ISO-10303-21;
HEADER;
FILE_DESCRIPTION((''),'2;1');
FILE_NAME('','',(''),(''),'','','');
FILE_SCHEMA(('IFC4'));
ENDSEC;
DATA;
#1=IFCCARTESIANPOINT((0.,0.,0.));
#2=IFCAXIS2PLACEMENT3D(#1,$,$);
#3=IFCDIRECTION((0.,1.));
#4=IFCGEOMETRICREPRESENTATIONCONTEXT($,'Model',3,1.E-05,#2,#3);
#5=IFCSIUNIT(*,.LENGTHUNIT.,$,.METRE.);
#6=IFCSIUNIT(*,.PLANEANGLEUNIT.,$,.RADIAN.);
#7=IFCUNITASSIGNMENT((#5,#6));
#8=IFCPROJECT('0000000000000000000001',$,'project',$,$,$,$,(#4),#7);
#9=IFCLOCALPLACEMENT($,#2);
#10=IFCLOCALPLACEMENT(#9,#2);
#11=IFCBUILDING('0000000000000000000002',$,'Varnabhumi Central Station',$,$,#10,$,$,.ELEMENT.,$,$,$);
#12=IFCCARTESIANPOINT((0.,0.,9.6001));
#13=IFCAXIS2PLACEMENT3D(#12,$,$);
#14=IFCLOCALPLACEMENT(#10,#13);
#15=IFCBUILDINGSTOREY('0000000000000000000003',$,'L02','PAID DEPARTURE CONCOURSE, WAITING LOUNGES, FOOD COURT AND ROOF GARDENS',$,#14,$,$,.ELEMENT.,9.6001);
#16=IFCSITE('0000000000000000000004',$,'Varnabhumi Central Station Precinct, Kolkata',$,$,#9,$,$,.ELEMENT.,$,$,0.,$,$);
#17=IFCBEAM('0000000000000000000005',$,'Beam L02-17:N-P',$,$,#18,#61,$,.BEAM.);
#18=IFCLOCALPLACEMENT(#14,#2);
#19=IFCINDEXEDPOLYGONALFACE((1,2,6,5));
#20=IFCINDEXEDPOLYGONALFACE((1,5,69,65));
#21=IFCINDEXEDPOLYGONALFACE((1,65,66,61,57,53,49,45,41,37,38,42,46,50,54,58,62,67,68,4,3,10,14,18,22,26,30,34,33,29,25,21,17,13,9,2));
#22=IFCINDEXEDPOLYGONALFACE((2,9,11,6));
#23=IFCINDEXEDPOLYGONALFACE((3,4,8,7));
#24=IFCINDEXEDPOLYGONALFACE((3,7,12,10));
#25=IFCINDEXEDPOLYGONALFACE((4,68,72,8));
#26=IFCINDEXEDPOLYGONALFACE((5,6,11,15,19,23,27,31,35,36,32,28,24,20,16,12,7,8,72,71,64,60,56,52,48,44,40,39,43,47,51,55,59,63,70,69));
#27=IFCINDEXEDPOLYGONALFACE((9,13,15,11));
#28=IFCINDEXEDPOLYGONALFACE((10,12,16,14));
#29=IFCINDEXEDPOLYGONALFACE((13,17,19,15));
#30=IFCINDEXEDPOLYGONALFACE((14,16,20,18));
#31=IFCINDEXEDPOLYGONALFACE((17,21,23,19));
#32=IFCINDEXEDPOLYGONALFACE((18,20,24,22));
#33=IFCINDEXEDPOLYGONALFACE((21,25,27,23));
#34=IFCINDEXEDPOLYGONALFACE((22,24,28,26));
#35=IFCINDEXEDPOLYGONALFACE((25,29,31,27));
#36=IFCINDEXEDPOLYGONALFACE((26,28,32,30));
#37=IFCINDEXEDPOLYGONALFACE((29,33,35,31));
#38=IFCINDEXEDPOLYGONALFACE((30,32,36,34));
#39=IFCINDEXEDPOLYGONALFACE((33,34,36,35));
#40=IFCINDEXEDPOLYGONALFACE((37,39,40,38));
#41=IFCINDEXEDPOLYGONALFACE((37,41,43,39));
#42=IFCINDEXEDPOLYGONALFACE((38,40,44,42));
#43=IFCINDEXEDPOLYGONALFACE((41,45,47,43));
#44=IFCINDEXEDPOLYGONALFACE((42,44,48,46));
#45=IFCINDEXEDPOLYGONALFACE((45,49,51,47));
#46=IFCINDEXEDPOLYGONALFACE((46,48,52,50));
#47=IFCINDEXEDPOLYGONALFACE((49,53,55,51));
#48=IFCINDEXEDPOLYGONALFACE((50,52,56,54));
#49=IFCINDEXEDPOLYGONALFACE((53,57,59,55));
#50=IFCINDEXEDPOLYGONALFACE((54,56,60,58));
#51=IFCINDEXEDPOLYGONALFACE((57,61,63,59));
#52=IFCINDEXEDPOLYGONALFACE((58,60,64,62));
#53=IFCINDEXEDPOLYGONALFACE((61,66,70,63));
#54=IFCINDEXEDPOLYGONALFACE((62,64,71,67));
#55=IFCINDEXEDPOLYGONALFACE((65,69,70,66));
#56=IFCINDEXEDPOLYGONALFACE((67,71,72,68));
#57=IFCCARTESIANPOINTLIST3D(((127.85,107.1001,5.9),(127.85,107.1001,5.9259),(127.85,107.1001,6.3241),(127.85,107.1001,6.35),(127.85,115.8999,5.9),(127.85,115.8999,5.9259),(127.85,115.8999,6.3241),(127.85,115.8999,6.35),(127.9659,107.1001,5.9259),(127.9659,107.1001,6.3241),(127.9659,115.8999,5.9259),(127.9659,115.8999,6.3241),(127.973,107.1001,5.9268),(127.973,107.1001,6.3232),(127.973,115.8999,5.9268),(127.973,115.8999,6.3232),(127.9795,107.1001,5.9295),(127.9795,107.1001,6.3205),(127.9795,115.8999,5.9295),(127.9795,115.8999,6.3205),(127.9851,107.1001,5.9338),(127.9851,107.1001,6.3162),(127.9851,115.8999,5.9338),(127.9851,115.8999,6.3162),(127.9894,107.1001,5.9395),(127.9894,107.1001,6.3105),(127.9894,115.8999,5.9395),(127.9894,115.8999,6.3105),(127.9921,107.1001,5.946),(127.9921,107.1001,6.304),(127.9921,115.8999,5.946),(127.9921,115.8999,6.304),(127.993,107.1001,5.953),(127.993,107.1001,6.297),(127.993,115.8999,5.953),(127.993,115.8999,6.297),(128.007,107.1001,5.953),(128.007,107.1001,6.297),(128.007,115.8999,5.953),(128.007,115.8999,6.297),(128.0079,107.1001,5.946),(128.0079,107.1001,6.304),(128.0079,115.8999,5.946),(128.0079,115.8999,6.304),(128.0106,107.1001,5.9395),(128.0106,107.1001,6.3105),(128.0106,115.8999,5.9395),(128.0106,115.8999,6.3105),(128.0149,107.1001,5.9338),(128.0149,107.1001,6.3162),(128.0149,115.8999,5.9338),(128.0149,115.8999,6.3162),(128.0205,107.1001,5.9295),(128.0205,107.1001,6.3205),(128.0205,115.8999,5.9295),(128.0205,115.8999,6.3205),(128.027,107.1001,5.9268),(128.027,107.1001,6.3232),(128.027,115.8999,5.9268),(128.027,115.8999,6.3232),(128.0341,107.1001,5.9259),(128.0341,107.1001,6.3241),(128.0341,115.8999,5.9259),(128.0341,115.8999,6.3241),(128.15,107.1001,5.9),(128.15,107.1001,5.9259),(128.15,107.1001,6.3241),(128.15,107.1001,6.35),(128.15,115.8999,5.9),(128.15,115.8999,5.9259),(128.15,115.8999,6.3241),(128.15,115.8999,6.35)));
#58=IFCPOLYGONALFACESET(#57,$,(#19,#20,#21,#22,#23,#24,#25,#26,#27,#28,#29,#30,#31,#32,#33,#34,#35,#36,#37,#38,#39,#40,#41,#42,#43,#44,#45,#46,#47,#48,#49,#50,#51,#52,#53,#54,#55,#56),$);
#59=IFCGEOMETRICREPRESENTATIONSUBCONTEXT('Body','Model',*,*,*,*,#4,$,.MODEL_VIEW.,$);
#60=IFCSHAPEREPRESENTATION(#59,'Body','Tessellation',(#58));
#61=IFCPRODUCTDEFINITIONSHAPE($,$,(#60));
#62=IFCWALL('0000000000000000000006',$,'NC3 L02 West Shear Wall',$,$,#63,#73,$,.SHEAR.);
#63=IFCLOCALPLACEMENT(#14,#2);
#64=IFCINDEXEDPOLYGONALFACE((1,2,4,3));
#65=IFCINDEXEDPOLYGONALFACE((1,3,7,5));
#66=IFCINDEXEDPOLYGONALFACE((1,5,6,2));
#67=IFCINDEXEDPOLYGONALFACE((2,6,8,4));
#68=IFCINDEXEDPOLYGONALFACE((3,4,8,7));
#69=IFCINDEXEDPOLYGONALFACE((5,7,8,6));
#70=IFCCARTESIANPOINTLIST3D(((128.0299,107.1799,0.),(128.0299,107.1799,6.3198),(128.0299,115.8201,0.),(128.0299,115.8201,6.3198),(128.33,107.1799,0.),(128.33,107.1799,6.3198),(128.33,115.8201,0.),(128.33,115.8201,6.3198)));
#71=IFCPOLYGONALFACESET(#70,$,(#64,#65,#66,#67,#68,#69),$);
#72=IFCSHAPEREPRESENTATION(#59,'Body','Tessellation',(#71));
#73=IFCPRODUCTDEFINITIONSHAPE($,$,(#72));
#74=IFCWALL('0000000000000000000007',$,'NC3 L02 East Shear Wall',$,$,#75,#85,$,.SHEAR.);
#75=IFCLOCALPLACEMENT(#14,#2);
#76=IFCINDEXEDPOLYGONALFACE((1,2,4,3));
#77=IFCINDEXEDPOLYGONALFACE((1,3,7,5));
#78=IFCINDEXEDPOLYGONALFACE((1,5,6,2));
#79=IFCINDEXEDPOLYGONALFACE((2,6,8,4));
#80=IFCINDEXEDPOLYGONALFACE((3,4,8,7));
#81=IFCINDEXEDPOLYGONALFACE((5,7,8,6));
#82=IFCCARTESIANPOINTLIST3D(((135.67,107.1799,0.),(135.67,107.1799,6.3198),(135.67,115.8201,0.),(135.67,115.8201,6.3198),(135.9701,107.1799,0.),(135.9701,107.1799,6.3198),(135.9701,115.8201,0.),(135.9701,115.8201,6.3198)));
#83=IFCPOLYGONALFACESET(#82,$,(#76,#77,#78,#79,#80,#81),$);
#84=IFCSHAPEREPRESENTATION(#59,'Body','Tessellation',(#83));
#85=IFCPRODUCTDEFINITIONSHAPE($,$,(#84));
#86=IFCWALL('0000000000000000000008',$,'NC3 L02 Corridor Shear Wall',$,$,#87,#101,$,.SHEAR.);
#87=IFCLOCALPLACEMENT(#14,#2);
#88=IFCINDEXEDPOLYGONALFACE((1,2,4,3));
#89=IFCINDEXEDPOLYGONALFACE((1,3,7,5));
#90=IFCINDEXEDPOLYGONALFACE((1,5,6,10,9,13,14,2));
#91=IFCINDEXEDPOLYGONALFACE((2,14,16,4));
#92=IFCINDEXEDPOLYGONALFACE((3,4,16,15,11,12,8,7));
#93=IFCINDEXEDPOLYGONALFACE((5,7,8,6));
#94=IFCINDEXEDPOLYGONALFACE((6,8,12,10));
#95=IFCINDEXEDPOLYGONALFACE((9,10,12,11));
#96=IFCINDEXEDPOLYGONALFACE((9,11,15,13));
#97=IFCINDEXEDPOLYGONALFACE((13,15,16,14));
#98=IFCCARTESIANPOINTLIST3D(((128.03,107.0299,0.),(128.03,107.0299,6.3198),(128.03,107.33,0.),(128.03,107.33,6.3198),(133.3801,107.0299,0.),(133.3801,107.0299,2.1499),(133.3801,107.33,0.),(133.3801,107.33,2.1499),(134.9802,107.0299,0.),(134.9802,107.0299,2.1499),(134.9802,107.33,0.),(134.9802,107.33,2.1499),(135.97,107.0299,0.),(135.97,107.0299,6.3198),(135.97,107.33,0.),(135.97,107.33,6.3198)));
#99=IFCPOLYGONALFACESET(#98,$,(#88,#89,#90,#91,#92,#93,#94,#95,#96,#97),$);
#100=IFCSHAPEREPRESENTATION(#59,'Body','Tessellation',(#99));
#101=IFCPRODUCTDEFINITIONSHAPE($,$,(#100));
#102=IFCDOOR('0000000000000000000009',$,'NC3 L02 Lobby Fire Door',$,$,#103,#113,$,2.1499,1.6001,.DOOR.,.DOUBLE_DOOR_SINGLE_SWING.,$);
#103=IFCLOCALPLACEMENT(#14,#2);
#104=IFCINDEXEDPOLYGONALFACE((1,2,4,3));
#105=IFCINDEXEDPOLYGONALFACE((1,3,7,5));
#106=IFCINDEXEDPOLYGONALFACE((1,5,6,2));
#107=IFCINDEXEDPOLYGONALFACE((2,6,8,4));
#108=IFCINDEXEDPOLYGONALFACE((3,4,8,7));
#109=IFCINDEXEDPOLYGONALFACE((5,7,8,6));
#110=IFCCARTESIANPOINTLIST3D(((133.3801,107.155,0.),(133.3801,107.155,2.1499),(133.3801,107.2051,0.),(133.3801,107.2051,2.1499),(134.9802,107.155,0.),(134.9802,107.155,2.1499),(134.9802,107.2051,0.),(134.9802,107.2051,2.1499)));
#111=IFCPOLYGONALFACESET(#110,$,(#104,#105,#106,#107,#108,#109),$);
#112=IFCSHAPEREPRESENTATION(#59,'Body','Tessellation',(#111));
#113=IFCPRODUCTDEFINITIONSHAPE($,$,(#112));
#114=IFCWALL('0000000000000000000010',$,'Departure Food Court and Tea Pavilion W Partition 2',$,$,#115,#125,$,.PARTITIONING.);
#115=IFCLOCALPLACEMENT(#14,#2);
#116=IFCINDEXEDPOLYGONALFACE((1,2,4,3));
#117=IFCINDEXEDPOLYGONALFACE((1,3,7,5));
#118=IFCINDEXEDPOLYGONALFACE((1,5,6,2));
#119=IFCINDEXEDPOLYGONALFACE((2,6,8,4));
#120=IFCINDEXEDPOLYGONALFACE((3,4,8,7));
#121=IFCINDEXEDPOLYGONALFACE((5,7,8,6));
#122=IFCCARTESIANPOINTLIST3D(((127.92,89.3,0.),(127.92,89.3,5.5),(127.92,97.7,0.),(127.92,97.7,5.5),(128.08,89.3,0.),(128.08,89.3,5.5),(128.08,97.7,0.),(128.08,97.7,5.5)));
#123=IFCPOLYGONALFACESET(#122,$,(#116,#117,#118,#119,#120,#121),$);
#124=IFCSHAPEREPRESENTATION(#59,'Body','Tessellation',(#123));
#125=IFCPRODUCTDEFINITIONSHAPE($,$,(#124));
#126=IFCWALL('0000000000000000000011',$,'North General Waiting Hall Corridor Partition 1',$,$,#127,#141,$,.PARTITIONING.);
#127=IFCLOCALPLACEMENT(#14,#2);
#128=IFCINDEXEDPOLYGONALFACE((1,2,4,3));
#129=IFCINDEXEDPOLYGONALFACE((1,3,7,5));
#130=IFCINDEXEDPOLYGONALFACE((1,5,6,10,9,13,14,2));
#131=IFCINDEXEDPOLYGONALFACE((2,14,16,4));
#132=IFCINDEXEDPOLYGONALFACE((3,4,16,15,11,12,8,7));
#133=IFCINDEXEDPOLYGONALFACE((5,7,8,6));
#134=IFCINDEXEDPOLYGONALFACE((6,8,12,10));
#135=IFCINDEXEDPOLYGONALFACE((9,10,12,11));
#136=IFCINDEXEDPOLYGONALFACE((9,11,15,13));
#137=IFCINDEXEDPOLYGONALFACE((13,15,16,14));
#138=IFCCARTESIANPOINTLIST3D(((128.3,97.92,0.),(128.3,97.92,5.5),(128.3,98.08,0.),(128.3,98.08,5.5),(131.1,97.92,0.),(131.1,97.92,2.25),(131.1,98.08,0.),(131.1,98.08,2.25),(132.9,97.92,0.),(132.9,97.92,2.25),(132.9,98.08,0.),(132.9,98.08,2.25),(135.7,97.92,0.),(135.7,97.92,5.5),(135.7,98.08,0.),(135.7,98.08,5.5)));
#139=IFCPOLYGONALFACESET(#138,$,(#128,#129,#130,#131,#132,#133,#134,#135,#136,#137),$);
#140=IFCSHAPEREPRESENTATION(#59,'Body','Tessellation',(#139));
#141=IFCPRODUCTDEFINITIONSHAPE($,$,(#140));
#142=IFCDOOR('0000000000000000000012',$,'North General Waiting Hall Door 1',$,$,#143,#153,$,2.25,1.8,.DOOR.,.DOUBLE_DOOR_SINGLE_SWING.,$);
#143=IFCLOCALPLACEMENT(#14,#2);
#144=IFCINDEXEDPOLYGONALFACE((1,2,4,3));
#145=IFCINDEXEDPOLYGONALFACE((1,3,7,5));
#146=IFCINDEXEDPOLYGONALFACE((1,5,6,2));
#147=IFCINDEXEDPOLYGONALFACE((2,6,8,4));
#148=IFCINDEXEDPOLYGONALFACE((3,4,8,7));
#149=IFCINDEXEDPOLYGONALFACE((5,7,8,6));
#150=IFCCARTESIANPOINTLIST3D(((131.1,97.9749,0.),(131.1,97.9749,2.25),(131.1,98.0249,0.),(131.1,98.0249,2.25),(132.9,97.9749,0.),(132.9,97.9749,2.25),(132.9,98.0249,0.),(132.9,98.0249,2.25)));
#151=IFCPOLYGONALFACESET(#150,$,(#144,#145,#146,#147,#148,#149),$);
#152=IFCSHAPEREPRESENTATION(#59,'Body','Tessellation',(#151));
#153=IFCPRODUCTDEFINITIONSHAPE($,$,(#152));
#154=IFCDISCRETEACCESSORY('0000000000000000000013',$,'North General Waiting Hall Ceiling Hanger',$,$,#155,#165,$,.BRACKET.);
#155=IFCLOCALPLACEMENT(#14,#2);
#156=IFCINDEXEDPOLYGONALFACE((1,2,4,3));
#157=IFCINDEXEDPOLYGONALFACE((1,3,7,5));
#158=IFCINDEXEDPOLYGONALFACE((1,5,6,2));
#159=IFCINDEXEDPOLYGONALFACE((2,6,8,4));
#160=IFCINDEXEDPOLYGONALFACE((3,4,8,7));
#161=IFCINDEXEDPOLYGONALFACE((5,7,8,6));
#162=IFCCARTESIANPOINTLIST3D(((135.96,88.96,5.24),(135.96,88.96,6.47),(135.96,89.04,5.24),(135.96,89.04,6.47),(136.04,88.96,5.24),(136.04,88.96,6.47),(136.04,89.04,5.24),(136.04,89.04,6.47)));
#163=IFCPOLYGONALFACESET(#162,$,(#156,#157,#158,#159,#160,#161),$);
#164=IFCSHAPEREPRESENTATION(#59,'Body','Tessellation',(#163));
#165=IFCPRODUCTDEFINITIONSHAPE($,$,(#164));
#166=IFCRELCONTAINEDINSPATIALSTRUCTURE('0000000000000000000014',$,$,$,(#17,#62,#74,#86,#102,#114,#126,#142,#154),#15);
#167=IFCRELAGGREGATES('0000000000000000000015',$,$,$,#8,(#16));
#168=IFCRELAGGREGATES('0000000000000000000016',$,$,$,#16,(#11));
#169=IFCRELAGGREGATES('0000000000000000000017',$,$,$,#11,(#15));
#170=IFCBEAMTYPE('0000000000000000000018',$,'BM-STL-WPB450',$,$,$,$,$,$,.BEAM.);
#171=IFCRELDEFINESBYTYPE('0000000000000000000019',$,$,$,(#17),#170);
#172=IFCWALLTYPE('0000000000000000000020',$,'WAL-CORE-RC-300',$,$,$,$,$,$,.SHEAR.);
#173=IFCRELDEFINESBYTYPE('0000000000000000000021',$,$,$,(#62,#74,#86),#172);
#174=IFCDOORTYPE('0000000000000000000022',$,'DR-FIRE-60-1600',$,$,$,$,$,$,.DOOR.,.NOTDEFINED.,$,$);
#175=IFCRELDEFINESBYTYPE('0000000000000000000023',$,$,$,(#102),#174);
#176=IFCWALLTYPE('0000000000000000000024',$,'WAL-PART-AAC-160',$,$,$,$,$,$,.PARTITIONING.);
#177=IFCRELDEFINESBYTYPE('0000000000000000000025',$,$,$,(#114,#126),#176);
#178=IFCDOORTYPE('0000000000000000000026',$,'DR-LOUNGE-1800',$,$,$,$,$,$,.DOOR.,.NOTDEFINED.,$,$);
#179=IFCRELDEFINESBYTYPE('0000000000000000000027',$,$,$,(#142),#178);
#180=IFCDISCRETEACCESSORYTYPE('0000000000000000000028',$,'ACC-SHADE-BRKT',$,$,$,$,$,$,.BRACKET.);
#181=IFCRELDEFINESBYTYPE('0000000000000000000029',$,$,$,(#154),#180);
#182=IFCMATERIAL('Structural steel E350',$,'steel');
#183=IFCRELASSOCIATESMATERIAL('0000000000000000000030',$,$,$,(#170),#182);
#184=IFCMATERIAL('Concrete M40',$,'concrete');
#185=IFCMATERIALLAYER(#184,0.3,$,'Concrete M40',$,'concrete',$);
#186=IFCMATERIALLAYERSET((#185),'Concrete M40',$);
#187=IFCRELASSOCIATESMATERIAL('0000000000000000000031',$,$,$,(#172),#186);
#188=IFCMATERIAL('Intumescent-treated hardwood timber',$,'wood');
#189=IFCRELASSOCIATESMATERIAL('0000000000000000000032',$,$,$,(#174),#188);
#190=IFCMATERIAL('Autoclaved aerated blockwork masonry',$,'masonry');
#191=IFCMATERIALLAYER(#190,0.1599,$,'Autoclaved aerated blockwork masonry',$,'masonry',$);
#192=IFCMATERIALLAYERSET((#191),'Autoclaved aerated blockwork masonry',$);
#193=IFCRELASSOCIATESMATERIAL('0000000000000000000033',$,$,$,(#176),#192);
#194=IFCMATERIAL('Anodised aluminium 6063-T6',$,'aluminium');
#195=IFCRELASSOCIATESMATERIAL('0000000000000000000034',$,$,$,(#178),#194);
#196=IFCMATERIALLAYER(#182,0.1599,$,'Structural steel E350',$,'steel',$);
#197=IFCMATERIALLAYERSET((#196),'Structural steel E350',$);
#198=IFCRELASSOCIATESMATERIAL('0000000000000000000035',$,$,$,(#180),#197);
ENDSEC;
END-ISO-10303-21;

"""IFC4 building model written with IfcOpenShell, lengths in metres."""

from ifc_helpers import new_model, si_unit, direction, frame, frame_2d, origin, origin_2d, place, context, subcontext, project, spatial, rectangle, i_section, extrude, material, layer, layer_set, material_profile, profile_set, type_object, element, fill, save


model = new_model("IFC4")

# Units and contexts
model_context = context("Model", 3, precision=1e-05, world=origin(), true_north=direction((0.0, 1.0)))
body_context = subcontext(model_context, "Body", "Model", "MODEL_VIEW")
ifc_project = project(units=[si_unit("LENGTHUNIT", "METRE"), si_unit("PLANEANGLEUNIT", "RADIAN")], contexts=[model_context])

# Site, building, storey
site_placement = place(None, origin())
site = spatial("IfcSite", under=ifc_project, at=site_placement, Name="Varnabhumi Central Station Precinct, Kolkata", CompositionType="ELEMENT", RefElevation=0.0)
building_placement = place(site_placement, origin())
building = spatial("IfcBuilding", under=site, at=building_placement, Name="Varnabhumi Central Station", CompositionType="ELEMENT")
storey_placement = place(building_placement, frame((0.0, 0.0, 9.6001)))
storey = spatial("IfcBuildingStorey", under=building, at=storey_placement, Name="L02", Description="PAID DEPARTURE CONCOURSE, WAITING LOUNGES, FOOD COURT AND ROOF GARDENS", CompositionType="ELEMENT", Elevation=9.6001)

# Shared definitions
ifc_material_1 = material(Name="Concrete M40", Category="concrete")

# Beam
ifc_material_2 = material(Name="Structural steel E350", Category="steel")
ifc_material_profile_1 = material_profile(ifc_material_2, i_section(OverallWidth=0.3, OverallDepth=0.45, WebThickness=0.0139, FlangeThickness=0.0259, FilletRadius=0.0271, at=origin_2d()), Name="Structural steel E350", Category="steel")
ifc_profile_set_1 = profile_set([ifc_material_profile_1], Name="Structural steel E350")
beam_type_1 = type_object("IfcBeamType", Name="BM-STL-WPB450", PredefinedType="BEAM", material=ifc_profile_set_1)
for number, where, z_axis, x_axis, name in (
    (1, (128.0, 107.1001, 6.125), (0.0, 1.0, 0.0), (-1.0, 0.0, 0.0), "Beam L02-17:N-P"),
):
    element("IfcBeam", number, at=place(storey_placement, frame(where, z_axis=z_axis, x_axis=x_axis)), inside=storey, type_object=beam_type_1, Name=name, PredefinedType="BEAM", context=body_context, shape_type="SweptSolid", body=[
        extrude(i_section(OverallWidth=0.3, OverallDepth=0.45, WebThickness=0.0139, FlangeThickness=0.0259, FilletRadius=0.0271, at=origin_2d()), origin(), (0.0, 0.0, 1.0), 8.7998),
    ])

# Walls
ifc_layer_1 = layer(ifc_material_1, 0.3, Name="Concrete M40", Category="concrete")
ifc_layer_set_1 = layer_set([ifc_layer_1], Name="Concrete M40")
wall_type_1 = type_object("IfcWallType", Name="WAL-CORE-RC-300", PredefinedType="SHEAR", material=ifc_layer_set_1)
for number, where, z_axis, x_axis, name in (
    (2, (128.1799, 107.1799, 0.0), (0.0, 0.0, 1.0), (0.0, 1.0, 0.0), "NC3 L02 West Shear Wall"),
    (3, (135.8201, 107.1799, 0.0), (0.0, 0.0, 1.0), (0.0, 1.0, 0.0), "NC3 L02 East Shear Wall"),
):
    element("IfcWall", number, at=place(storey_placement, frame(where, z_axis=z_axis, x_axis=x_axis)), inside=storey, type_object=wall_type_1, Name=name, PredefinedType="SHEAR", context=body_context, shape_type="SweptSolid", body=[
        extrude(rectangle(XDim=8.6401, YDim=0.3, at=frame_2d((4.3201, 0.0))), origin(), (0.0, 0.0, 1.0), 6.3198),
    ])

# Wall, opening, door
wall_1_placement = place(storey_placement, frame((128.03, 107.1799, 0.0), z_axis=(0.0, 0.0, 1.0), x_axis=(1.0, 0.0, 0.0)))
wall_1 = element("IfcWall", 4, at=wall_1_placement, inside=storey, type_object=wall_type_1, Name="NC3 L02 Corridor Shear Wall", PredefinedType="SHEAR", context=body_context, shape_type="SweptSolid", body=[
    extrude(rectangle(XDim=7.9399, YDim=0.3, at=frame_2d((3.97, 0.0))), origin(), (0.0, 0.0, 1.0), 6.3198),
])
opening_1_placement = place(wall_1_placement, frame((5.3501, 0.0, 0.0)))
opening_1 = element("IfcOpeningElement", 5, at=opening_1_placement, cuts=wall_1, PredefinedType="OPENING", context=body_context, shape_type="SweptSolid", body=[
    extrude(rectangle(XDim=1.6001, YDim=2.1499, at=frame_2d((0.8, 1.075))), frame((0.0, 0.1599, 0.0), z_axis=(0.0, -1.0, 0.0), x_axis=(1.0, 0.0, 0.0)), (0.0, 0.0, 1.0), 0.3201),
])
ifc_material_3 = material(Name="Intumescent-treated hardwood timber", Category="wood")
door_type_1 = type_object("IfcDoorType", Name="DR-FIRE-60-1600", OperationType="NOTDEFINED", PredefinedType="DOOR", material=ifc_material_3)
door_1_placement = place(opening_1_placement, frame((1.6001, 0.0, 0.0), z_axis=(0.0, 0.0, 1.0), x_axis=(-1.0, 0.0, 0.0)))
door_1 = element("IfcDoor", 6, at=door_1_placement, inside=storey, type_object=door_type_1, Name="NC3 L02 Lobby Fire Door", OperationType="DOUBLE_DOOR_SINGLE_SWING", OverallHeight=2.1499, OverallWidth=1.6001, PredefinedType="DOOR", context=body_context, shape_type="SweptSolid", body=[
    extrude(rectangle(XDim=1.6001, YDim=2.1499, at=frame_2d((0.8, 1.075))), frame((0.0, 0.0249, 0.0), z_axis=(0.0, -1.0, 0.0), x_axis=(1.0, 0.0, 0.0)), (0.0, 0.0, 1.0), 0.05),
])
fill(opening_1, door_1)

# Wall
ifc_material_4 = material(Name="Autoclaved aerated blockwork masonry", Category="masonry")
ifc_layer_2 = layer(ifc_material_4, 0.1599, Name="Autoclaved aerated blockwork masonry", Category="masonry")
ifc_layer_set_2 = layer_set([ifc_layer_2], Name="Autoclaved aerated blockwork masonry")
wall_type_2 = type_object("IfcWallType", Name="WAL-PART-AAC-160", PredefinedType="PARTITIONING", material=ifc_layer_set_2)
wall_2_placement = place(storey_placement, frame((128.0, 89.3, 0.0), z_axis=(0.0, 0.0, 1.0), x_axis=(0.0, 1.0, 0.0)))
element("IfcWall", 7, at=wall_2_placement, inside=storey, type_object=wall_type_2, Name="Departure Food Court and Tea Pavilion W Partition 2", PredefinedType="PARTITIONING", context=body_context, shape_type="SweptSolid", body=[
    extrude(rectangle(XDim=8.3999, YDim=0.1599, at=frame_2d((4.2, 0.0))), origin(), (0.0, 0.0, 1.0), 5.5),
])

# Wall, opening, door
wall_3_placement = place(storey_placement, frame((128.3, 98.0, 0.0), z_axis=(0.0, 0.0, 1.0), x_axis=(1.0, 0.0, 0.0)))
wall_3 = element("IfcWall", 8, at=wall_3_placement, inside=storey, type_object=wall_type_2, Name="North General Waiting Hall Corridor Partition 1", PredefinedType="PARTITIONING", context=body_context, shape_type="SweptSolid", body=[
    extrude(rectangle(XDim=7.3999, YDim=0.1599, at=frame_2d((3.7, 0.0))), origin(), (0.0, 0.0, 1.0), 5.5),
])
opening_2_placement = place(wall_3_placement, frame((2.8, 0.0, 0.0)))
opening_2 = element("IfcOpeningElement", 9, at=opening_2_placement, cuts=wall_3, PredefinedType="OPENING", context=body_context, shape_type="SweptSolid", body=[
    extrude(rectangle(XDim=1.8, YDim=2.25, at=frame_2d((0.8999, 1.125))), frame((0.0, 0.0898, 0.0), z_axis=(0.0, -1.0, 0.0), x_axis=(1.0, 0.0, 0.0)), (0.0, 0.0, 1.0), 0.1799),
])
ifc_material_5 = material(Name="Anodised aluminium 6063-T6", Category="aluminium")
door_type_2 = type_object("IfcDoorType", Name="DR-LOUNGE-1800", OperationType="NOTDEFINED", PredefinedType="DOOR", material=ifc_material_5)
door_2_placement = place(opening_2_placement, origin())
door_2 = element("IfcDoor", 10, at=door_2_placement, inside=storey, type_object=door_type_2, Name="North General Waiting Hall Door 1", OperationType="DOUBLE_DOOR_SINGLE_SWING", OverallHeight=2.25, OverallWidth=1.8, PredefinedType="DOOR", context=body_context, shape_type="SweptSolid", body=[
    extrude(rectangle(XDim=1.8, YDim=2.25, at=frame_2d((0.8999, 1.125))), frame((0.0, 0.0249, 0.0), z_axis=(0.0, -1.0, 0.0), x_axis=(1.0, 0.0, 0.0)), (0.0, 0.0, 1.0), 0.05),
])
fill(opening_2, door_2)

# Discrete accessory
ifc_layer_3 = layer(ifc_material_2, 0.1599, Name="Structural steel E350", Category="steel")
ifc_layer_set_3 = layer_set([ifc_layer_3], Name="Structural steel E350")
discrete_accessory_type = type_object("IfcDiscreteAccessoryType", Name="ACC-SHADE-BRKT", PredefinedType="BRACKET", material=ifc_layer_set_3)
discrete_accessory_placement = place(storey_placement, frame((136.0, 89.0, 5.24), z_axis=(0.0, 0.0, 1.0), x_axis=(1.0, 0.0, 0.0)))
element("IfcDiscreteAccessory", 11, at=discrete_accessory_placement, inside=storey, type_object=discrete_accessory_type, Name="North General Waiting Hall Ceiling Hanger", PredefinedType="BRACKET", context=body_context, shape_type="SweptSolid", body=[
    extrude(rectangle(XDim=0.0801, YDim=0.0801, at=origin_2d()), origin(), (0.0, 0.0, 1.0), 1.23),
])

save(model, "model.ifc")
